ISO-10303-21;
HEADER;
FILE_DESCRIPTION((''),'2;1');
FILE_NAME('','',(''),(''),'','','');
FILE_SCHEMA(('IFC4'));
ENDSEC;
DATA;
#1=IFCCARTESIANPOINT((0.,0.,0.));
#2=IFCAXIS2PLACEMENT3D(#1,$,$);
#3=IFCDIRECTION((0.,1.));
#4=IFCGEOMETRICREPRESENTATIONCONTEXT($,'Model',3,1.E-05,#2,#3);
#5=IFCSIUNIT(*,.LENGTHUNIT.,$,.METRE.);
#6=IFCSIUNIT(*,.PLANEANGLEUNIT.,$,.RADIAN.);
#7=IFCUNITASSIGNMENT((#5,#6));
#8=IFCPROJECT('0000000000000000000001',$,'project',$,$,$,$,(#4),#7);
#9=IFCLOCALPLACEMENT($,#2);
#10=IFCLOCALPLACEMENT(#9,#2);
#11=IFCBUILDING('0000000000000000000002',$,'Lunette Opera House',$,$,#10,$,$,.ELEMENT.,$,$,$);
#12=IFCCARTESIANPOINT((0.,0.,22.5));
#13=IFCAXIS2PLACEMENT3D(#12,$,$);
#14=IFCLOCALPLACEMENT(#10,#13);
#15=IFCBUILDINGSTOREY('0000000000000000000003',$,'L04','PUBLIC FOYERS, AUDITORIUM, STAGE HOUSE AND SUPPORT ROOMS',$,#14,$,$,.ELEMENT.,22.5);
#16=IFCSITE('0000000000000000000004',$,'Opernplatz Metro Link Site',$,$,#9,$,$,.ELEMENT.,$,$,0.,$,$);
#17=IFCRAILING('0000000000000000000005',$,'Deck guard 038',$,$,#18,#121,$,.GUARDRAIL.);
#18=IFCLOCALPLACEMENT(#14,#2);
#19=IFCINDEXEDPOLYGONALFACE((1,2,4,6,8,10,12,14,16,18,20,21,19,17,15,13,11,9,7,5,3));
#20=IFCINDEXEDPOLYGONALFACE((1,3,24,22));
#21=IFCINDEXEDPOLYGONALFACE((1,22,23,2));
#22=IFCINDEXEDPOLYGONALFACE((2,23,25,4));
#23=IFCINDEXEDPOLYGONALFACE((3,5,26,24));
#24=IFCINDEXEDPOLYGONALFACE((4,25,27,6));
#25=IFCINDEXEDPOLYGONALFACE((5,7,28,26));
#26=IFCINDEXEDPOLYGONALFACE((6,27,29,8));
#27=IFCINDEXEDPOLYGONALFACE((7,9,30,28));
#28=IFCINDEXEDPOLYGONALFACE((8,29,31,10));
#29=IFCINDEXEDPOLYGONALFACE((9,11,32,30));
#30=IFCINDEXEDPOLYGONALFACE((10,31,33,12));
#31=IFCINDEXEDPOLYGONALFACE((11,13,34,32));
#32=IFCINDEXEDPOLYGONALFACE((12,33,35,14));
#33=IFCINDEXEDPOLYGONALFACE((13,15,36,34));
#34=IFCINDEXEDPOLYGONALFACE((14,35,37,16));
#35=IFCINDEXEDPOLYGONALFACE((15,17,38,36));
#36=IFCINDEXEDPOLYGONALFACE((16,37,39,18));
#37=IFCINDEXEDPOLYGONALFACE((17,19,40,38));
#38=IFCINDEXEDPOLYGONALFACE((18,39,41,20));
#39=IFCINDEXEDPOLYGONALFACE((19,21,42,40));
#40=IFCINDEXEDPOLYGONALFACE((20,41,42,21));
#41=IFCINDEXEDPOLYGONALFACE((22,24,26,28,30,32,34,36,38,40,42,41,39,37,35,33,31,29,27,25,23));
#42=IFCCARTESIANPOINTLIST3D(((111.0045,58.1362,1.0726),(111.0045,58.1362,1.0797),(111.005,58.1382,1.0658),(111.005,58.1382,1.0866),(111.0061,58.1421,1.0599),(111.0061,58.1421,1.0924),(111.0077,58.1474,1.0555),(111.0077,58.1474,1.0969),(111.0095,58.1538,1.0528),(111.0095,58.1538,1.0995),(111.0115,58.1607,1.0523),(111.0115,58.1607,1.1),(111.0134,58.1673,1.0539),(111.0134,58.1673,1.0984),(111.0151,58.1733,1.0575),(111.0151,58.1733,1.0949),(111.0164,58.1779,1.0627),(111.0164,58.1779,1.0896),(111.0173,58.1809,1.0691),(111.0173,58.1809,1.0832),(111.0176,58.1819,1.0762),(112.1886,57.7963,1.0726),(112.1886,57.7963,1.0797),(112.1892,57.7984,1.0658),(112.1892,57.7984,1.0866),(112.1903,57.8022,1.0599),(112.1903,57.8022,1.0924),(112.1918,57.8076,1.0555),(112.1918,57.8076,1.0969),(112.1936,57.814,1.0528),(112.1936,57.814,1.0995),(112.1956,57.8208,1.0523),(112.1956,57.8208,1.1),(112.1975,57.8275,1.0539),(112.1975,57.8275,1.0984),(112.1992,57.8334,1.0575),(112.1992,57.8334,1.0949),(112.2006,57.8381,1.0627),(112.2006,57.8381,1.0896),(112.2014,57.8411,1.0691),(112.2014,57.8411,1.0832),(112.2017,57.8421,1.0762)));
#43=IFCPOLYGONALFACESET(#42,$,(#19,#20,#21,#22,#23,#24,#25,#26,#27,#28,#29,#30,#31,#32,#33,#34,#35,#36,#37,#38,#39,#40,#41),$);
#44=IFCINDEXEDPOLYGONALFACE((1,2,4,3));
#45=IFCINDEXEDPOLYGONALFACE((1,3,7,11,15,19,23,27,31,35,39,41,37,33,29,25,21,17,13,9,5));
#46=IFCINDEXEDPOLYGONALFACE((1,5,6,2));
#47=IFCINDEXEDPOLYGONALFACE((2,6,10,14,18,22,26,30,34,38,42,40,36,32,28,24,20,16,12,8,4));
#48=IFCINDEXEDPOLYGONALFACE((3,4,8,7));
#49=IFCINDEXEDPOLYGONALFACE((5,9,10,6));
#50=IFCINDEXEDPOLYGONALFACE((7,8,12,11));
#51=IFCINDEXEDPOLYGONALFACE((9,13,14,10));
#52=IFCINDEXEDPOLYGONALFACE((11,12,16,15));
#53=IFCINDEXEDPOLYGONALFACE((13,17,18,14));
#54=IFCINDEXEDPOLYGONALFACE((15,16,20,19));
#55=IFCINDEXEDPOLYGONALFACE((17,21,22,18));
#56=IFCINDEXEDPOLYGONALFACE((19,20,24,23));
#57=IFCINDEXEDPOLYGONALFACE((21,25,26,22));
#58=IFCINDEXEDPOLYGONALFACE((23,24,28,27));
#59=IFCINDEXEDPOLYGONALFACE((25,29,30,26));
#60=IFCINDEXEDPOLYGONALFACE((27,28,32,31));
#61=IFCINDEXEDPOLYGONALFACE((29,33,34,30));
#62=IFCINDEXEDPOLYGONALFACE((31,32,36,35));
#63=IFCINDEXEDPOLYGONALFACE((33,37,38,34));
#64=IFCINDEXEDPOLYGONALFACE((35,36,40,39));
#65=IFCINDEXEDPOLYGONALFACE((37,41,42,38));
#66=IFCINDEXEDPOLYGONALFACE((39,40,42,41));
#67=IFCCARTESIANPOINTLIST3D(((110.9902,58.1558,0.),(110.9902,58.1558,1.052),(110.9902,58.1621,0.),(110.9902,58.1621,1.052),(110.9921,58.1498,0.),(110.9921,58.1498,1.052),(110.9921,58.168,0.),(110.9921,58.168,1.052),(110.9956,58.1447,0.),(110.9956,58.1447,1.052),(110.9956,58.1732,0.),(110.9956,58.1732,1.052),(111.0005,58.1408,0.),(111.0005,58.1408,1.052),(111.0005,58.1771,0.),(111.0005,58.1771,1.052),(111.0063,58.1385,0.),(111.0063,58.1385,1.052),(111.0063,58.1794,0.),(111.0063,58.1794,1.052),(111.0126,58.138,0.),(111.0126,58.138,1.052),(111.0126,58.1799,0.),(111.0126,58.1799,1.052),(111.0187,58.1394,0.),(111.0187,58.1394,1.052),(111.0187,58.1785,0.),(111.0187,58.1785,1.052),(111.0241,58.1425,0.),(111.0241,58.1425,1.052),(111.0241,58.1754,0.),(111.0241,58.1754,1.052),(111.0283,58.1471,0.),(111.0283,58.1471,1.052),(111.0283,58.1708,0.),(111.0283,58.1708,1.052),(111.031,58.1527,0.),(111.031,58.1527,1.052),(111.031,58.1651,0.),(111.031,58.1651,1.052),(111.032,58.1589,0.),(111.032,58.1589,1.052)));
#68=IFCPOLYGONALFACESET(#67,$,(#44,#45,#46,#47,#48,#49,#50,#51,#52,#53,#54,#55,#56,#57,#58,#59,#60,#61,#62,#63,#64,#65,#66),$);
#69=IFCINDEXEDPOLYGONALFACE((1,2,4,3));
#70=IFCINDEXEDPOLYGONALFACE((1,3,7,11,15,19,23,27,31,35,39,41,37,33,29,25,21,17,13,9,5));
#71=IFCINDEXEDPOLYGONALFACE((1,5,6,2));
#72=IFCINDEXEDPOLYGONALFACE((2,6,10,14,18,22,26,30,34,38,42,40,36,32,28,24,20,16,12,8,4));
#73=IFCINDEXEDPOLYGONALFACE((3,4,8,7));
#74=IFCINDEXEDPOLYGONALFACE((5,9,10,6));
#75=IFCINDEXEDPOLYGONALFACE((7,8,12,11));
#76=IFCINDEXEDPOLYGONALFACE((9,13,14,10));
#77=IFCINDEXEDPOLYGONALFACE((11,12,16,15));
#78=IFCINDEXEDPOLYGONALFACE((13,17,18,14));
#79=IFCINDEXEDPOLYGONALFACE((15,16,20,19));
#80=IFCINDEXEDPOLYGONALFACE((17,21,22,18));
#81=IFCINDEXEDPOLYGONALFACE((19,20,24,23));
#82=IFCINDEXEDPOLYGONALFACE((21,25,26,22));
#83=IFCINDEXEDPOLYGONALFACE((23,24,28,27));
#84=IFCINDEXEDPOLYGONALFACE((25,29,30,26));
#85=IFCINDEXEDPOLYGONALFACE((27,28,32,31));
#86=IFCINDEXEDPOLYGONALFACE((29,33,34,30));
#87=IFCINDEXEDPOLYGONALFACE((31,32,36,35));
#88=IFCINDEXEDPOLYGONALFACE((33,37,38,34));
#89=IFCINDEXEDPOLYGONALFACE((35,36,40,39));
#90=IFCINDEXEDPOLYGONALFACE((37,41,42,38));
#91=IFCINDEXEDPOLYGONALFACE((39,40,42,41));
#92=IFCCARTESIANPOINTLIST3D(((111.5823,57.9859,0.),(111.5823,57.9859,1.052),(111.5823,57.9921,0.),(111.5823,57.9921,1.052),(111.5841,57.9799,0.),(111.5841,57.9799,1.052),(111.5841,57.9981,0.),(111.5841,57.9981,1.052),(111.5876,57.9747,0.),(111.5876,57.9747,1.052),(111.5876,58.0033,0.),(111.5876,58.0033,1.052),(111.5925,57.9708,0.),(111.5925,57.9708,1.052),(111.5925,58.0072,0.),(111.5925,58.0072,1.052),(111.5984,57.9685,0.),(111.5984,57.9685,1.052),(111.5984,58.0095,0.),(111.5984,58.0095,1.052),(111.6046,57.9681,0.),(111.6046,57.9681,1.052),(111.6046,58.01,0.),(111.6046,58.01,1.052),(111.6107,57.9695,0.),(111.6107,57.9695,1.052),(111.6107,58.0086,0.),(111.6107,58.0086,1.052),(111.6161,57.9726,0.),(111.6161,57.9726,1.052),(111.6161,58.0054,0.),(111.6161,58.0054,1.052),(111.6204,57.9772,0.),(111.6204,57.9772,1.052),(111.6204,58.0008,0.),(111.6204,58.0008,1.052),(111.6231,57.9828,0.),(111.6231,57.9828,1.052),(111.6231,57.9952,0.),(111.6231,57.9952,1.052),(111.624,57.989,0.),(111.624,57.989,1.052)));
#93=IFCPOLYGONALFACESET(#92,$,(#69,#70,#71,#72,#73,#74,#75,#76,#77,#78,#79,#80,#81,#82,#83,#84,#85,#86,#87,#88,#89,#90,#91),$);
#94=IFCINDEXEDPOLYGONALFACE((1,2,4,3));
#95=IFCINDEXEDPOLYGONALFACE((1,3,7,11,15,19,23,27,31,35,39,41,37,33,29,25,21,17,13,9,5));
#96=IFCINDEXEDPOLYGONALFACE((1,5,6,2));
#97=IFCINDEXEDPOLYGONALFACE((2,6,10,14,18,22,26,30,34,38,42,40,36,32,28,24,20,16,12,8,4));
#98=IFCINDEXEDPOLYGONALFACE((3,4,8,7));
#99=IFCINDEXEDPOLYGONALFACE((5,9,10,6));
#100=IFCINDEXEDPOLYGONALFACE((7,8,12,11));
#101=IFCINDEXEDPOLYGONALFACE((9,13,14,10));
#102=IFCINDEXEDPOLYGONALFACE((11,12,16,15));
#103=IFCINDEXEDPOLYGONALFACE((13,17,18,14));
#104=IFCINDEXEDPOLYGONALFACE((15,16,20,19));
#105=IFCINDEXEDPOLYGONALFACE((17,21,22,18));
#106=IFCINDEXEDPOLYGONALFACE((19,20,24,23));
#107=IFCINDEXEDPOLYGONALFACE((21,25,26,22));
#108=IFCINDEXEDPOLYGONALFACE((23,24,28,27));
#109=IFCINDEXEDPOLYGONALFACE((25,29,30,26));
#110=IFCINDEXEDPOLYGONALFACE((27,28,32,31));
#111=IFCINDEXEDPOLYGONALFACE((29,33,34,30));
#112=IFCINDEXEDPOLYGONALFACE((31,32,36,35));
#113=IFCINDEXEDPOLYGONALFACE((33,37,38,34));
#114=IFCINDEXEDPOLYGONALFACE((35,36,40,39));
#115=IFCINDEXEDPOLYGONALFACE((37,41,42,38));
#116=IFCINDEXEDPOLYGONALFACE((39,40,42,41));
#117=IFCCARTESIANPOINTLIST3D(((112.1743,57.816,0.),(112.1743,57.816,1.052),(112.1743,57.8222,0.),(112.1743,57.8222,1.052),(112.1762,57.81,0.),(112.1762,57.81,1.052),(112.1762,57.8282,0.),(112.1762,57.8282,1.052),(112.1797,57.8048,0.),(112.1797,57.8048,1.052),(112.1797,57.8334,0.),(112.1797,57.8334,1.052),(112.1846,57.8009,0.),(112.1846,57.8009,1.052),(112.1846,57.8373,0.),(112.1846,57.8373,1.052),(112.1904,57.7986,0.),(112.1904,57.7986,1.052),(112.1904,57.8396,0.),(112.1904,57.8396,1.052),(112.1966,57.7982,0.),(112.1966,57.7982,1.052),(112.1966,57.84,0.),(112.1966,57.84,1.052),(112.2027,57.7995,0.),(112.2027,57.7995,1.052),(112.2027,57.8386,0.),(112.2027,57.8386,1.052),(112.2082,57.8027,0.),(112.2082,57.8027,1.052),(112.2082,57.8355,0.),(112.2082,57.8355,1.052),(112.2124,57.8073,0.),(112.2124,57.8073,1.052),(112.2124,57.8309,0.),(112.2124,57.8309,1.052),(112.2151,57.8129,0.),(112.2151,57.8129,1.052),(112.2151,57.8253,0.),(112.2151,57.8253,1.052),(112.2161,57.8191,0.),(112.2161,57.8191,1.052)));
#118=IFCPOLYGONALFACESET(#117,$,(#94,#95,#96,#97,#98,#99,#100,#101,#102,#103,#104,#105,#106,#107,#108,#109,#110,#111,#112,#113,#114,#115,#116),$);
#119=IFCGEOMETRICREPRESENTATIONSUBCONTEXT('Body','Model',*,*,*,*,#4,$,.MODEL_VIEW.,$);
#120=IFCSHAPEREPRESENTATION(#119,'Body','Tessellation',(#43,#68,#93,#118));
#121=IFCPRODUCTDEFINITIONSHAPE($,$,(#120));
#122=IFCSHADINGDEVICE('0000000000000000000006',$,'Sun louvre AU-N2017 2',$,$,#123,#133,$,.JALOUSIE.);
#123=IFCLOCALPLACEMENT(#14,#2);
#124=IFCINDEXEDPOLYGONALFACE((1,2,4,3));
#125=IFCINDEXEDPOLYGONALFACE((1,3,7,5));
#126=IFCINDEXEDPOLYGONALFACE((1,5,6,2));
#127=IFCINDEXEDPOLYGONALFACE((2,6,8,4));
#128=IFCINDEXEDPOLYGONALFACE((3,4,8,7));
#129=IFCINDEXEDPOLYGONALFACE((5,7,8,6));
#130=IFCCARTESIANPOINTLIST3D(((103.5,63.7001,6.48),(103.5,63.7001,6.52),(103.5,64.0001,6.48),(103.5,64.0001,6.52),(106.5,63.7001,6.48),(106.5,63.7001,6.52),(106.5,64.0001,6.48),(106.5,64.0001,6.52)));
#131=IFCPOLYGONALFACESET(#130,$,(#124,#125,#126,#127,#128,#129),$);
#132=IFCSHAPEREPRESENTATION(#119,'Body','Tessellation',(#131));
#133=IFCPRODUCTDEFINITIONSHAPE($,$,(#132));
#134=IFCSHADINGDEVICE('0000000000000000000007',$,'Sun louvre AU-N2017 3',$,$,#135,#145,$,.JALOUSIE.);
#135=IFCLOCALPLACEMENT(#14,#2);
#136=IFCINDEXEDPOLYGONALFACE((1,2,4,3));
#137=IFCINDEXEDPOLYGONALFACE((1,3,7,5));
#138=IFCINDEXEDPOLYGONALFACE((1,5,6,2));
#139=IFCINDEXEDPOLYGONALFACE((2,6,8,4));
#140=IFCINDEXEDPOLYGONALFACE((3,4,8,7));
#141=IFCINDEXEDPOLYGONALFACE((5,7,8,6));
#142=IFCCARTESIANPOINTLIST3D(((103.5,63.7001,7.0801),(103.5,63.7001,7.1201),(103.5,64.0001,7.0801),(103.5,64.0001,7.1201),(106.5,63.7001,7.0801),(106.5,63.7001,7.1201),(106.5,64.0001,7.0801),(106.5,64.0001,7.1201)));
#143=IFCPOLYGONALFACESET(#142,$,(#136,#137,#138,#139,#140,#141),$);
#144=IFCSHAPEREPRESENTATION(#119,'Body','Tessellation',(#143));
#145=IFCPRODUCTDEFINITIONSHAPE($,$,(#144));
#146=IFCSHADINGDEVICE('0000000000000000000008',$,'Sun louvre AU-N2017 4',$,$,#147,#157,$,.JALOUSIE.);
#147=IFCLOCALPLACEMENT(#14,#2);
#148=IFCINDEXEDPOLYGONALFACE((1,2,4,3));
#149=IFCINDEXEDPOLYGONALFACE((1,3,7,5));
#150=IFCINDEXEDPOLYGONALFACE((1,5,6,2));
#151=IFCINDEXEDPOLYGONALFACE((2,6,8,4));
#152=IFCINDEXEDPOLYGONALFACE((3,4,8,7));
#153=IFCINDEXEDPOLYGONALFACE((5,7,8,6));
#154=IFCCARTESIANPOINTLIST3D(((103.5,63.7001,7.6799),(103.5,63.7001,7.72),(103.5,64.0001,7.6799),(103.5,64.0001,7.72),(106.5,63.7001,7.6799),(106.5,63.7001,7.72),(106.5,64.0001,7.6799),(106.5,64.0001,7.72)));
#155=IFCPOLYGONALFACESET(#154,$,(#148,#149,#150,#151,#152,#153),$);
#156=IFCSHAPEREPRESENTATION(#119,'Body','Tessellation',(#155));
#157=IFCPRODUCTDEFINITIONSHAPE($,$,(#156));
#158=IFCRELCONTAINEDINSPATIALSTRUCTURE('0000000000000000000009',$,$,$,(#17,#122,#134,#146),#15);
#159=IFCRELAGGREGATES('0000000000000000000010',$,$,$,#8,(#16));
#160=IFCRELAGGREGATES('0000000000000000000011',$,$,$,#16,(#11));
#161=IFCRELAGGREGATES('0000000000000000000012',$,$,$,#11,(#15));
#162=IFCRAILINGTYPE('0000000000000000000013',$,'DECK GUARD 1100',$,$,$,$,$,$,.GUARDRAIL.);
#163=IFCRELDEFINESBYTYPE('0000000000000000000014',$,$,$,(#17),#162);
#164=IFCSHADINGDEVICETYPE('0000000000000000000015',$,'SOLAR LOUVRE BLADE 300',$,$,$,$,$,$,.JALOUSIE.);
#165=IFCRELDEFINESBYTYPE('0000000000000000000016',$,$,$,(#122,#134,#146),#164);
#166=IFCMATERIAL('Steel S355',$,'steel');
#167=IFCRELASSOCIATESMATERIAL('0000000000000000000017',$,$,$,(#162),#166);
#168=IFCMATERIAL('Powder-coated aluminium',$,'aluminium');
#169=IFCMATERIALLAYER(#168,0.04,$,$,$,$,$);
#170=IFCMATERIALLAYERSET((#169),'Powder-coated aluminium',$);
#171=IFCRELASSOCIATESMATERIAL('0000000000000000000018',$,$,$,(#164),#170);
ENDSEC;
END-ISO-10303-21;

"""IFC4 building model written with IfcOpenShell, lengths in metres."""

from ifc_helpers import new_model, si_unit, direction, frame, origin, origin_2d, place, context, subcontext, project, spatial, rectangle, circle, extrude, material, layer, layer_set, type_object, element, save


model = new_model("IFC4")

# Units and contexts
model_context = context("Model", 3, precision=1e-05, world=origin(), true_north=direction((0.0, 1.0)))
body_context = subcontext(model_context, "Body", "Model", "MODEL_VIEW")
ifc_project = project(units=[si_unit("LENGTHUNIT", "METRE"), si_unit("PLANEANGLEUNIT", "RADIAN")], contexts=[model_context])

# Site, building, storey
site_placement = place(None, origin())
site = spatial("IfcSite", under=ifc_project, at=site_placement, Name="Opernplatz Metro Link Site", CompositionType="ELEMENT", RefElevation=0.0)
building_placement = place(site_placement, origin())
building = spatial("IfcBuilding", under=site, at=building_placement, Name="Lunette Opera House", CompositionType="ELEMENT")
storey_placement = place(building_placement, frame((0.0, 0.0, 22.5)))
storey = spatial("IfcBuildingStorey", under=building, at=storey_placement, Name="L04", Description="PUBLIC FOYERS, AUDITORIUM, STAGE HOUSE AND SUPPORT ROOMS", CompositionType="ELEMENT", Elevation=22.5)

# Railing
ifc_material_1 = material(Name="Steel S355", Category="steel")
railing_type = type_object("IfcRailingType", Name="DECK GUARD 1100", PredefinedType="GUARDRAIL", material=ifc_material_1)
railing_1_placement = place(storey_placement, frame((111.011, 58.1589, 0.0)))
element("IfcRailing", 1, at=railing_1_placement, inside=storey, type_object=railing_type, Name="Deck guard 038", PredefinedType="GUARDRAIL", context=body_context, shape_type="SweptSolid", body=[
    extrude(circle(Radius=0.0239, at=origin_2d()), frame((0.0, 0.0, 1.0762), z_axis=(0.961194, -0.275873, 0.0), x_axis=(0.275873, 0.961194, 0.0)), (0.0, 0.0, 1.0), 1.2319),
    extrude(circle(Radius=0.021, at=origin_2d()), origin(), (0.0, 0.0, 1.0), 1.052),
    extrude(circle(Radius=0.021, at=origin_2d()), frame((0.592, -0.1699, 0.0)), (0.0, 0.0, 1.0), 1.052),
    extrude(circle(Radius=0.021, at=origin_2d()), frame((1.1841, -0.3398, 0.0)), (0.0, 0.0, 1.0), 1.052),
])

# Shading devices
ifc_material_2 = material(Name="Powder-coated aluminium", Category="aluminium")
ifc_layer_1 = layer(ifc_material_2, 0.04)
ifc_layer_set_1 = layer_set([ifc_layer_1], Name="Powder-coated aluminium")
shading_device_type = type_object("IfcShadingDeviceType", Name="SOLAR LOUVRE BLADE 300", PredefinedType="JALOUSIE", material=ifc_layer_set_1)
for number, where, z_axis, x_axis, name in (
    (2, (105.0, 63.8501, 6.48), (0.0, 0.0, 1.0), (0.0, -1.0, 0.0), "Sun louvre AU-N2017 2"),
    (3, (105.0, 63.8501, 7.0801), (0.0, 0.0, 1.0), (0.0, -1.0, 0.0), "Sun louvre AU-N2017 3"),
    (4, (105.0, 63.8501, 7.6799), (0.0, 0.0, 1.0), (0.0, -1.0, 0.0), "Sun louvre AU-N2017 4"),
):
    element("IfcShadingDevice", number, at=place(storey_placement, frame(where, z_axis=z_axis, x_axis=x_axis)), inside=storey, type_object=shading_device_type, Name=name, PredefinedType="JALOUSIE", context=body_context, shape_type="SweptSolid", body=[
        extrude(rectangle(XDim=0.3, YDim=3.0, at=origin_2d()), origin(), (0.0, 0.0, 1.0), 0.04),
    ])

save(model, "model.ifc")
